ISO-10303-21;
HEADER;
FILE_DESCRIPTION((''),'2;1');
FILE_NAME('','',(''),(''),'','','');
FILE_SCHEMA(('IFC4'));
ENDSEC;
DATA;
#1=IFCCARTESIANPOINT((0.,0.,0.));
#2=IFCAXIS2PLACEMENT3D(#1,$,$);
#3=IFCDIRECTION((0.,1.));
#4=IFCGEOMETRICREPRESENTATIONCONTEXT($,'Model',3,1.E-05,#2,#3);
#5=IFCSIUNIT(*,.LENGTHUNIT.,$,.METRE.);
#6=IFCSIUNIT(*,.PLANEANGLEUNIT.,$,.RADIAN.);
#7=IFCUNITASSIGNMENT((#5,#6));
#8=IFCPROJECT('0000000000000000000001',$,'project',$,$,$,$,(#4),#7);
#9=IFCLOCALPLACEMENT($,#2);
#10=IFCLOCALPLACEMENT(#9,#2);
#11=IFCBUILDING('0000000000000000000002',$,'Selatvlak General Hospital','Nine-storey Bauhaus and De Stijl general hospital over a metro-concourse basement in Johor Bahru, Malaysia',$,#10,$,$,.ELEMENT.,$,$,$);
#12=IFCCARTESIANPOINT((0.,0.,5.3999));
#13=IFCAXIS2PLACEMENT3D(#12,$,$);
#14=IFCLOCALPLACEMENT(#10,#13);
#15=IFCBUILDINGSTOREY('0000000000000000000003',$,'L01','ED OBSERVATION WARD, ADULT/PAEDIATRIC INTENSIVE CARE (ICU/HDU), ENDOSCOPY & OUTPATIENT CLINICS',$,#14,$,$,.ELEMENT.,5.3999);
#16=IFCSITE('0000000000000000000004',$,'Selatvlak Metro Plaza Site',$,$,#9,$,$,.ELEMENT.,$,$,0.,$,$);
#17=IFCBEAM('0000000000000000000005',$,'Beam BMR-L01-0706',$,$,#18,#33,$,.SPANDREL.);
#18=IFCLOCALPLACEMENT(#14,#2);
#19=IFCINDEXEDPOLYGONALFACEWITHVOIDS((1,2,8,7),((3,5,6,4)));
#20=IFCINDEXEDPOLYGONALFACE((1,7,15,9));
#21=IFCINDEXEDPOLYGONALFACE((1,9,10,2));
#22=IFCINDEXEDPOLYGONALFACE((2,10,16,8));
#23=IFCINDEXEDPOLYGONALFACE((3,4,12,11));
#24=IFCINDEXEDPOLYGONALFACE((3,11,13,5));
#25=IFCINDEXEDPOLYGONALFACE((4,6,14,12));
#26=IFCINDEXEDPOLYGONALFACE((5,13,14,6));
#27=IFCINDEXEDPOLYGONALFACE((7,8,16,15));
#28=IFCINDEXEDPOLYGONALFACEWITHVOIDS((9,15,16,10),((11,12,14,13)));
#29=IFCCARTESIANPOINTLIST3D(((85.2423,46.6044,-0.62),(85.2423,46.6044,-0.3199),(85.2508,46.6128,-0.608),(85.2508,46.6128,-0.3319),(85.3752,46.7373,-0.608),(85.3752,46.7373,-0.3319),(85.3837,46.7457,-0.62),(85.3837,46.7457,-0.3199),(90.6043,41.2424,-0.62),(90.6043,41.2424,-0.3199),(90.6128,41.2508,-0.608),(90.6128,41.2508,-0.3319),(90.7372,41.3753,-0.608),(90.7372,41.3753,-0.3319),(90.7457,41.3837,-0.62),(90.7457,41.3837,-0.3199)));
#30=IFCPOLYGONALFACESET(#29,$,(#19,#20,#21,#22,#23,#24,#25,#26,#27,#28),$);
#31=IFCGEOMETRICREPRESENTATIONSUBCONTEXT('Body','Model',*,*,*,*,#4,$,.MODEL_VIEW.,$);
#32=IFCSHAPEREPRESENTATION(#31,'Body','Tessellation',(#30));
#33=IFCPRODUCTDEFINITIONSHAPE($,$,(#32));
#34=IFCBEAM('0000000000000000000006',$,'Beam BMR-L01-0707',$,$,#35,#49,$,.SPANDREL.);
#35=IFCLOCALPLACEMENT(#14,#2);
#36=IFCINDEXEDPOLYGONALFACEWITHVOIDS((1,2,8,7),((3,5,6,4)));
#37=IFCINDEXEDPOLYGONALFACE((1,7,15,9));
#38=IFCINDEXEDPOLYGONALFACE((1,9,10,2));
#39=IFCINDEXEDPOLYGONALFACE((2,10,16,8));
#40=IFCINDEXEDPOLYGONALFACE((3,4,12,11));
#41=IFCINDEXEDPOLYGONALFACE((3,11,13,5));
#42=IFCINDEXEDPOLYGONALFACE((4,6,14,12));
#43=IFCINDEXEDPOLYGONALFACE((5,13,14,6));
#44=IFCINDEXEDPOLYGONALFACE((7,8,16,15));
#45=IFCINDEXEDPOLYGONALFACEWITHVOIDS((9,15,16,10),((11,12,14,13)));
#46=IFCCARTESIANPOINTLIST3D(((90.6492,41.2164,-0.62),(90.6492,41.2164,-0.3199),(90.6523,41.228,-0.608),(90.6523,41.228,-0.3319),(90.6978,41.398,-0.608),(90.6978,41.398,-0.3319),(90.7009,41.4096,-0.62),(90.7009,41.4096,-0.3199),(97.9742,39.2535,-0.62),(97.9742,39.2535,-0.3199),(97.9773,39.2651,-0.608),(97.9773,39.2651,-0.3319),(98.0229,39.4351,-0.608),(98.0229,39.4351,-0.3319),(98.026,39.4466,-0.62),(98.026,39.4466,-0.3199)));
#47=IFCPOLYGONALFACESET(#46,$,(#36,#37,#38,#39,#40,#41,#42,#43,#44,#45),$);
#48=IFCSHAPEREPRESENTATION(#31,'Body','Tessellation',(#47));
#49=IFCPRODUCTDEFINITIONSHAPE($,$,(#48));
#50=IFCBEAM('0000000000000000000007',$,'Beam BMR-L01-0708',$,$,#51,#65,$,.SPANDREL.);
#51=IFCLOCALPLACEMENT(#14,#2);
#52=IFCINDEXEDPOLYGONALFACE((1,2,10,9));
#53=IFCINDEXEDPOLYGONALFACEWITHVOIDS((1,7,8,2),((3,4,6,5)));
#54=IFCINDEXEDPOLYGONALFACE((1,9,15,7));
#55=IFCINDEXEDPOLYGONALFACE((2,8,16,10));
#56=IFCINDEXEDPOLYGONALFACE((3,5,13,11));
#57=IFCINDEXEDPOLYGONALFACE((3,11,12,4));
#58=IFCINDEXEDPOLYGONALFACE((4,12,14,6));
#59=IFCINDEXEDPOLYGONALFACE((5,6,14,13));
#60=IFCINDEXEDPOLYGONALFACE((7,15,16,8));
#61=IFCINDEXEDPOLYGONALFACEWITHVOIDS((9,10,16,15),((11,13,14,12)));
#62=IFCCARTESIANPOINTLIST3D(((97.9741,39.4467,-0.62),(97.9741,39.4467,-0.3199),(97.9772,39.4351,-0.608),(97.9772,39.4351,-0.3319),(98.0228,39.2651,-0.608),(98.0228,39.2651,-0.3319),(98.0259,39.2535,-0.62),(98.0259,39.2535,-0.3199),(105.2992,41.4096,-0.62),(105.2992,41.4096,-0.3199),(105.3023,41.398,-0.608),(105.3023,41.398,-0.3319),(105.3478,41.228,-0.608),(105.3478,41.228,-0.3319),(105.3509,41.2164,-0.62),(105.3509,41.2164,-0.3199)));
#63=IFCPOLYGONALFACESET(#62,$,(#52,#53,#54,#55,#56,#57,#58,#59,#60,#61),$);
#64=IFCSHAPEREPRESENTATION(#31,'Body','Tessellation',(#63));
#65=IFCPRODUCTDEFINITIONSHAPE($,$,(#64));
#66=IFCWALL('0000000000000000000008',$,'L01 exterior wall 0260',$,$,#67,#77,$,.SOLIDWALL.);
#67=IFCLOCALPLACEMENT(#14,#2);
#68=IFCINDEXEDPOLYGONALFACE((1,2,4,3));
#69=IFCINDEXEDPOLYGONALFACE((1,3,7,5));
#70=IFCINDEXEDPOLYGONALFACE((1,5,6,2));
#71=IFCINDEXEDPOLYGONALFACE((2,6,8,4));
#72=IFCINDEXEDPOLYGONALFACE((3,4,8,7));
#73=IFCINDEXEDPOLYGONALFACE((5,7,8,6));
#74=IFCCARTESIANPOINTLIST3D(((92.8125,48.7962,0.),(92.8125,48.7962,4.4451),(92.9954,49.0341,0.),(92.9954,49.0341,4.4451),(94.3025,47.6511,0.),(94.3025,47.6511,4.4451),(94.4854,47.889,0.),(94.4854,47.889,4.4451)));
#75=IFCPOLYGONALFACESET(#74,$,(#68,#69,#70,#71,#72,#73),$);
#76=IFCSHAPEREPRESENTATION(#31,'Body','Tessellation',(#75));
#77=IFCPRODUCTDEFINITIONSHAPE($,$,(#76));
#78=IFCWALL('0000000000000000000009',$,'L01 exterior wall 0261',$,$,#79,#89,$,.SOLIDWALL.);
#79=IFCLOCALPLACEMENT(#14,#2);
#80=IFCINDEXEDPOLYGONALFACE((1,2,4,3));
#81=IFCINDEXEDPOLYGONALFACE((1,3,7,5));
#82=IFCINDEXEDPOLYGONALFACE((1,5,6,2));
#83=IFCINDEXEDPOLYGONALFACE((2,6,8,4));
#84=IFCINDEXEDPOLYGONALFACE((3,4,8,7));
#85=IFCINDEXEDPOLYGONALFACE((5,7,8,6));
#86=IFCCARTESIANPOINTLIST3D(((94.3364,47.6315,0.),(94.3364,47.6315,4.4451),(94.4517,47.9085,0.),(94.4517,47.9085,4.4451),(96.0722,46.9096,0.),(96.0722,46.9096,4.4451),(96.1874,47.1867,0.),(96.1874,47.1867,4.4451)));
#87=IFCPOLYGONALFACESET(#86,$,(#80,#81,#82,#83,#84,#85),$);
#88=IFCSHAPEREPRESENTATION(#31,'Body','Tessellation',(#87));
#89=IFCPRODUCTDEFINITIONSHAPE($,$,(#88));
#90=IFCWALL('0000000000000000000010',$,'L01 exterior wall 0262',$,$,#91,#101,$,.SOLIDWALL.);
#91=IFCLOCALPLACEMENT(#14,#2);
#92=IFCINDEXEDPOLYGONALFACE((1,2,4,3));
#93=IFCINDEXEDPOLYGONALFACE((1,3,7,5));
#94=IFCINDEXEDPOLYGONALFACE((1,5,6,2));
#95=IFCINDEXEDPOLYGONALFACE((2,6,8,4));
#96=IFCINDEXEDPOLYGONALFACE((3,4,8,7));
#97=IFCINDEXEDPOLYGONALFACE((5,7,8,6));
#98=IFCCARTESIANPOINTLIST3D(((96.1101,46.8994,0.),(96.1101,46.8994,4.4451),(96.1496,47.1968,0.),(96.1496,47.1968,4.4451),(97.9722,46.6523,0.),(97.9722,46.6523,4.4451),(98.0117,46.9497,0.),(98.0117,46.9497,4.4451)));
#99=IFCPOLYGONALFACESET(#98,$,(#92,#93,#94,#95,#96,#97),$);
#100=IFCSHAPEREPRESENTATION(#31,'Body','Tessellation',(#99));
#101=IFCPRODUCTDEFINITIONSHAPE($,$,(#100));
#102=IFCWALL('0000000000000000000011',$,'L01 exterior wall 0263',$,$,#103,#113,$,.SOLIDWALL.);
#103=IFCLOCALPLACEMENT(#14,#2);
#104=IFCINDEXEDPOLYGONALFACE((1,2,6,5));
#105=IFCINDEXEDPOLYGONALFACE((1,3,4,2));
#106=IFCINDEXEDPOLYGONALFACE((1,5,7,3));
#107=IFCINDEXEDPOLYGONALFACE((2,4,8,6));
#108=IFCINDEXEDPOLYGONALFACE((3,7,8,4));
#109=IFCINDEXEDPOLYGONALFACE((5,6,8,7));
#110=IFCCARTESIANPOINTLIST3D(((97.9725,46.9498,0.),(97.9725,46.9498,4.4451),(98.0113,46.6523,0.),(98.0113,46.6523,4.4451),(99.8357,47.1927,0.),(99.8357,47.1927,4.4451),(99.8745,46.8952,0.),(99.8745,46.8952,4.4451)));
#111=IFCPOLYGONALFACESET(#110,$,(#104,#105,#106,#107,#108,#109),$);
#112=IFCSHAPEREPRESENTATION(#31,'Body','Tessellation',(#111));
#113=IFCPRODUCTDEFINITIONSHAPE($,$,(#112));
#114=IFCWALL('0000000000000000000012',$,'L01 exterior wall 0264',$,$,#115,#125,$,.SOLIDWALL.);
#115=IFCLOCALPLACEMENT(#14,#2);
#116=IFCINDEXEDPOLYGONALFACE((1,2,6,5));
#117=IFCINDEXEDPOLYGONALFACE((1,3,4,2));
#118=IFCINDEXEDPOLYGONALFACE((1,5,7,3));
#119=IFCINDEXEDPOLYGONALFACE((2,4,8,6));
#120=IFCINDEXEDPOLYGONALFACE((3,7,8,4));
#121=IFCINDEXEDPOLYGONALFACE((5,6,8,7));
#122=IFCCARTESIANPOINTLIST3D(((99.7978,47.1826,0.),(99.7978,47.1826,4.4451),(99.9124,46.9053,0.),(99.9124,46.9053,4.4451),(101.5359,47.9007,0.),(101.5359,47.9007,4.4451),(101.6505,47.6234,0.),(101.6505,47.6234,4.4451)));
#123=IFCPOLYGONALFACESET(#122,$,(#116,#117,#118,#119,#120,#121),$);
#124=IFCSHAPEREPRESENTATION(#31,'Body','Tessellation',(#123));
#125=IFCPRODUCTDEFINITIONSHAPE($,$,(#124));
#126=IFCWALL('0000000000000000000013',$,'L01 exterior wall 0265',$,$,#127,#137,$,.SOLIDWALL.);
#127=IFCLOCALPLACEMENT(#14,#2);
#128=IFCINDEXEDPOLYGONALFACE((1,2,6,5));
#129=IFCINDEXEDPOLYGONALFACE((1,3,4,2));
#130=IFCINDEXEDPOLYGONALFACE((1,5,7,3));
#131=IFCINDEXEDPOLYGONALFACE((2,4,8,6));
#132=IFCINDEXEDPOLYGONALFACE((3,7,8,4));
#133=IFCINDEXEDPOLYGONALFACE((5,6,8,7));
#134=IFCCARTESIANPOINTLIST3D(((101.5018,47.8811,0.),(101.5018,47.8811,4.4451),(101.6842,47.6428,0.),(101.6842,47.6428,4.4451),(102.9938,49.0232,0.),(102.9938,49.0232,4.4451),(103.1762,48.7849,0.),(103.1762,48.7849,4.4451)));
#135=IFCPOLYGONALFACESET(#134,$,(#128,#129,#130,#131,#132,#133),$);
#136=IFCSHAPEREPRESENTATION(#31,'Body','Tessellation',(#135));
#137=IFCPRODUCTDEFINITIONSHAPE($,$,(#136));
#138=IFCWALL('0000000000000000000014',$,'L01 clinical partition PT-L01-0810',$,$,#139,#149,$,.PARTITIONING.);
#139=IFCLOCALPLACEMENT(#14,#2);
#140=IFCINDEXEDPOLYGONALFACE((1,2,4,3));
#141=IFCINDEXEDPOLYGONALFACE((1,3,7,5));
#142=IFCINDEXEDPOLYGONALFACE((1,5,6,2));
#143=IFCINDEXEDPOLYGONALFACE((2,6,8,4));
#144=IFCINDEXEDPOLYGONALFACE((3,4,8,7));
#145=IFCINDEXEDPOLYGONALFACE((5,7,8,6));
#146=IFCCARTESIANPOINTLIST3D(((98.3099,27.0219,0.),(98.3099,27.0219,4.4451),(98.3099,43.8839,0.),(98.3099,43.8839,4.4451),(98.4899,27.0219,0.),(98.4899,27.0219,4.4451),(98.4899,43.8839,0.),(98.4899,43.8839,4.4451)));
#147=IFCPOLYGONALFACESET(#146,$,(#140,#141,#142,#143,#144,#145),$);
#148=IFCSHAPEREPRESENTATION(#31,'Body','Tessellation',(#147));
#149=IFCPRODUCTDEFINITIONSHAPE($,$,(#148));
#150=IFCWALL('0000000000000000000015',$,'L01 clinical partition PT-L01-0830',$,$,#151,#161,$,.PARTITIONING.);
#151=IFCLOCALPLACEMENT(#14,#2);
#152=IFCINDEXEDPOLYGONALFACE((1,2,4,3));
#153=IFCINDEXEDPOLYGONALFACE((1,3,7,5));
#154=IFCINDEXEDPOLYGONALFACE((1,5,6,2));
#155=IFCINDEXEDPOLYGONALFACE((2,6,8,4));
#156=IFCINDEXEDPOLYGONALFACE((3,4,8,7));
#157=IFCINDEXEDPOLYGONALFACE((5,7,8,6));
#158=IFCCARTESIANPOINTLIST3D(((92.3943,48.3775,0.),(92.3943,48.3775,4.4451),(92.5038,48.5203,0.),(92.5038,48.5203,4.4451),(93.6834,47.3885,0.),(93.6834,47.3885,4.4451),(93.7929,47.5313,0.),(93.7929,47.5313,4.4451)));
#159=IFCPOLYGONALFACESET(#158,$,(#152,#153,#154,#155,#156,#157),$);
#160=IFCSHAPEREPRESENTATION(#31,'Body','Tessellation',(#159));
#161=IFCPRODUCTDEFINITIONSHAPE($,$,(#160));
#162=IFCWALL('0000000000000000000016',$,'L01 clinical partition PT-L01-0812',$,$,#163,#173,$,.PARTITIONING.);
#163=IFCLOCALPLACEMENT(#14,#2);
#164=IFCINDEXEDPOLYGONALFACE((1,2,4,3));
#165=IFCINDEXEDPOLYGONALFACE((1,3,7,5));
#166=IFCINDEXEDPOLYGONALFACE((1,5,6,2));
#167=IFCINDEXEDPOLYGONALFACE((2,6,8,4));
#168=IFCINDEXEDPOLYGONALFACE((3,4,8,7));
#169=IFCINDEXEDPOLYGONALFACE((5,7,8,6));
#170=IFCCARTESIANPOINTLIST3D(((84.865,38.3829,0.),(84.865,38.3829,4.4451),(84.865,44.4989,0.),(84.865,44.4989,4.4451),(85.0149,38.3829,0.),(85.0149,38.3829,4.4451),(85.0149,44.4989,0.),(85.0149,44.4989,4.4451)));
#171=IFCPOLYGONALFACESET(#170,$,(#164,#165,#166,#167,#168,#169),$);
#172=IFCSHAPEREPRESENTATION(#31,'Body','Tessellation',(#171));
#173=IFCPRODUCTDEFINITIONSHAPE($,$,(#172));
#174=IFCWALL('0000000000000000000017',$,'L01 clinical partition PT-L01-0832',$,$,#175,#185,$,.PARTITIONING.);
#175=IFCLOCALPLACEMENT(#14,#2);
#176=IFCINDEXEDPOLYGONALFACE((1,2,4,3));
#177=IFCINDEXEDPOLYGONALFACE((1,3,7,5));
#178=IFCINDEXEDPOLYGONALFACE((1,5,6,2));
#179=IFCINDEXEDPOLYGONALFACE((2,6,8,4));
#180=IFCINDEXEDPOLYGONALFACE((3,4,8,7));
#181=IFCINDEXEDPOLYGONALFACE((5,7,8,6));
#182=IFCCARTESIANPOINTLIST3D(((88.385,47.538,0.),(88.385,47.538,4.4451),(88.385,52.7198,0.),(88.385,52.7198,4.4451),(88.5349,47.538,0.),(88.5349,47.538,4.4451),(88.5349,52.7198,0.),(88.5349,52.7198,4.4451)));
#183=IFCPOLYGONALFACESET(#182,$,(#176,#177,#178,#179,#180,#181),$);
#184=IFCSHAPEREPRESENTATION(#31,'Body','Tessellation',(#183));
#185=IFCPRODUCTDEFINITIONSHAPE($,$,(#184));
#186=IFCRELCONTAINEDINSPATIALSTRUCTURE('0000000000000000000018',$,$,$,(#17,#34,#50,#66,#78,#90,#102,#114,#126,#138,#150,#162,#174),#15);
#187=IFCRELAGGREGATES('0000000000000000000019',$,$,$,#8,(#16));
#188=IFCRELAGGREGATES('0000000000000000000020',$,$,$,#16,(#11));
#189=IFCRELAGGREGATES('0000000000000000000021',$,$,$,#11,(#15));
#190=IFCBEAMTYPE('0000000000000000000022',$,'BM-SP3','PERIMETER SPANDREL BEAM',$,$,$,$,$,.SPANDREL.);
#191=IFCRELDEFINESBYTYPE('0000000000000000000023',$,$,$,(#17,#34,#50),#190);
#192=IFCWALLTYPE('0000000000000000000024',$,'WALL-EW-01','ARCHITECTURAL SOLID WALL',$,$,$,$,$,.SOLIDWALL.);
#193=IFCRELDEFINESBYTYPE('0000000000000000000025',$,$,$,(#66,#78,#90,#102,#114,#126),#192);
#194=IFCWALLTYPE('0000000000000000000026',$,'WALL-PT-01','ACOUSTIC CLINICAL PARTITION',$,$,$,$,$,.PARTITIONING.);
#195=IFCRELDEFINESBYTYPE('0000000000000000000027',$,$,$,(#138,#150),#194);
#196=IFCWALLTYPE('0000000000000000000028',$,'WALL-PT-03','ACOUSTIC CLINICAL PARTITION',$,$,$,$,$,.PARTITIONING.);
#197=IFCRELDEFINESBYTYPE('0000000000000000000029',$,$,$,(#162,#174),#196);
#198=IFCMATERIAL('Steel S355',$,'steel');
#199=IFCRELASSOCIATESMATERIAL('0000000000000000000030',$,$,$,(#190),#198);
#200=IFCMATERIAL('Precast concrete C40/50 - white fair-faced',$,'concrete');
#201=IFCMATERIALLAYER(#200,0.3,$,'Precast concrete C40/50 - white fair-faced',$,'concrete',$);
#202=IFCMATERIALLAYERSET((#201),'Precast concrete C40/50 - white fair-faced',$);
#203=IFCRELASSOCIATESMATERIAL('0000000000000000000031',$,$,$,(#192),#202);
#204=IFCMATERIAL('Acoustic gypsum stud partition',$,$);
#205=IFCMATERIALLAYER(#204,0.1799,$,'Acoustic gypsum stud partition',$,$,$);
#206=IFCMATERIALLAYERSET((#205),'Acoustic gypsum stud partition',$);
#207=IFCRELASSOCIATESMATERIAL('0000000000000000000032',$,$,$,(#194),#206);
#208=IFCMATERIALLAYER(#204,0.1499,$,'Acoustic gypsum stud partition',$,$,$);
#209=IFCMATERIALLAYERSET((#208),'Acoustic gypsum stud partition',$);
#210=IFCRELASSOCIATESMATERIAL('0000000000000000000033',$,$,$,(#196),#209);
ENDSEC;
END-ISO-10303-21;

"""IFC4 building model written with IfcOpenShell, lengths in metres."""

from ifc_helpers import new_model, si_unit, direction, frame, frame_2d, origin, origin_2d, place, context, subcontext, project, spatial, rectangle, hollow_rectangle, extrude, material, layer, layer_set, material_profile, profile_set, type_object, element, save


model = new_model("IFC4")

# Units and contexts
model_context = context("Model", 3, precision=1e-05, world=origin(), true_north=direction((0.0, 1.0)))
body_context = subcontext(model_context, "Body", "Model", "MODEL_VIEW")
ifc_project = project(units=[si_unit("LENGTHUNIT", "METRE"), si_unit("PLANEANGLEUNIT", "RADIAN")], contexts=[model_context])

# Site, building, storey
site_placement = place(None, origin())
site = spatial("IfcSite", under=ifc_project, at=site_placement, Name="Selatvlak Metro Plaza Site", CompositionType="ELEMENT", RefElevation=0.0)
building_placement = place(site_placement, origin())
building = spatial("IfcBuilding", under=site, at=building_placement, Name="Selatvlak General Hospital", Description="Nine-storey Bauhaus and De Stijl general hospital over a metro-concourse basement in Johor Bahru, Malaysia", CompositionType="ELEMENT")
storey_placement = place(building_placement, frame((0.0, 0.0, 5.3999)))
storey = spatial("IfcBuildingStorey", under=building, at=storey_placement, Name="L01", Description="ED OBSERVATION WARD, ADULT/PAEDIATRIC INTENSIVE CARE (ICU/HDU), ENDOSCOPY & OUTPATIENT CLINICS", CompositionType="ELEMENT", Elevation=5.3999)

# Beams
ifc_material_1 = material(Name="Steel S355", Category="steel")
ifc_material_profile_1 = material_profile(ifc_material_1, hollow_rectangle(XDim=0.2, YDim=0.3, WallThickness=0.012, at=origin_2d()), Name="RHS 300x200x12")
ifc_profile_set_1 = profile_set([ifc_material_profile_1], Name="Steel S355")
beam_type = type_object("IfcBeamType", Name="BM-SP3", Description="PERIMETER SPANDREL BEAM", PredefinedType="SPANDREL", material=ifc_profile_set_1)
beam_placement = place(storey_placement, frame((85.313, 46.675, -0.47), z_axis=(0.707107, -0.707107, 0.0), x_axis=(0.707107, 0.707107, 0.0)))
element("IfcBeam", 1, at=beam_placement, inside=storey, type_object=beam_type, Name="Beam BMR-L01-0706", PredefinedType="SPANDREL", context=body_context, shape_type="SweptSolid", body=[
    extrude(hollow_rectangle(XDim=0.2, YDim=0.3, WallThickness=0.012, at=origin_2d()), origin(), (0.0, 0.0, 1.0), 7.583),
])
for number, where, z_axis, x_axis, name in (
    (2, (90.675, 41.313, -0.47), (0.96592, -0.258841, 0.0), (0.258841, 0.96592, 0.0), "Beam BMR-L01-0707"),
    (3, (98.0, 39.3501, -0.47), (0.96592, 0.258841, 0.0), (-0.258841, 0.96592, 0.0), "Beam BMR-L01-0708"),
):
    element("IfcBeam", number, at=place(storey_placement, frame(where, z_axis=z_axis, x_axis=x_axis)), inside=storey, type_object=beam_type, Name=name, PredefinedType="SPANDREL", context=body_context, shape_type="SweptSolid", body=[
        extrude(hollow_rectangle(XDim=0.2, YDim=0.3, WallThickness=0.012, at=origin_2d()), origin(), (0.0, 0.0, 1.0), 7.5835),
    ])

# Walls
ifc_material_2 = material(Name="Precast concrete C40/50 - white fair-faced", Category="concrete")
ifc_layer_1 = layer(ifc_material_2, 0.3, Name="Precast concrete C40/50 - white fair-faced", Category="concrete")
ifc_layer_set_1 = layer_set([ifc_layer_1], Name="Precast concrete C40/50 - white fair-faced")
wall_type_1 = type_object("IfcWallType", Name="WALL-EW-01", Description="ARCHITECTURAL SOLID WALL", PredefinedType="SOLIDWALL", material=ifc_layer_set_1)
wall_1_placement = place(storey_placement, frame((92.9041, 48.915, 0.0), z_axis=(0.0, 0.0, 1.0), x_axis=(0.792914, -0.609334, 0.0)))
element("IfcWall", 4, at=wall_1_placement, inside=storey, type_object=wall_type_1, Name="L01 exterior wall 0260", PredefinedType="SOLIDWALL", context=body_context, shape_type="SweptSolid", body=[
    extrude(rectangle(XDim=1.8792, YDim=0.3, at=frame_2d((0.9395, 0.0))), origin(), (0.0, 0.0, 1.0), 4.4451),
])
wall_2_placement = place(storey_placement, frame((94.394, 47.77, 0.0), z_axis=(0.0, 0.0, 1.0), x_axis=(0.92333, -0.384007, 0.0)))
element("IfcWall", 5, at=wall_2_placement, inside=storey, type_object=wall_type_1, Name="L01 exterior wall 0261", PredefinedType="SOLIDWALL", context=body_context, shape_type="SweptSolid", body=[
    extrude(rectangle(XDim=1.8799, YDim=0.3, at=frame_2d((0.9399, 0.0))), origin(), (0.0, 0.0, 1.0), 4.4451),
])
wall_3_placement = place(storey_placement, frame((96.1299, 47.0481, 0.0), z_axis=(0.0, 0.0, 1.0), x_axis=(0.991312, -0.131534, 0.0)))
element("IfcWall", 6, at=wall_3_placement, inside=storey, type_object=wall_type_1, Name="L01 exterior wall 0262", PredefinedType="SOLIDWALL", context=body_context, shape_type="SweptSolid", body=[
    extrude(rectangle(XDim=1.8784, YDim=0.3, at=frame_2d((0.9392, 0.0))), origin(), (0.0, 0.0, 1.0), 4.4451),
])
wall_4_placement = place(storey_placement, frame((97.9919, 46.801, 0.0), z_axis=(0.0, 0.0, 1.0), x_axis=(0.991606, 0.129295, 0.0)))
element("IfcWall", 7, at=wall_4_placement, inside=storey, type_object=wall_type_1, Name="L01 exterior wall 0263", PredefinedType="SOLIDWALL", context=body_context, shape_type="SweptSolid", body=[
    extrude(rectangle(XDim=1.8789, YDim=0.3, at=frame_2d((0.9395, 0.0))), origin(), (0.0, 0.0, 1.0), 4.4451),
])
wall_5_placement = place(storey_placement, frame((99.855, 47.0439, 0.0), z_axis=(0.0, 0.0, 1.0), x_axis=(0.924237, 0.38182, 0.0)))
element("IfcWall", 8, at=wall_5_placement, inside=storey, type_object=wall_type_1, Name="L01 exterior wall 0264", PredefinedType="SOLIDWALL", context=body_context, shape_type="SweptSolid", body=[
    extrude(rectangle(XDim=1.8806, YDim=0.3, at=frame_2d((0.9404, 0.0))), origin(), (0.0, 0.0, 1.0), 4.4451),
])
wall_6_placement = place(storey_placement, frame((101.593, 47.762, 0.0), z_axis=(0.0, 0.0, 1.0), x_axis=(0.794052, 0.60785, 0.0)))
element("IfcWall", 9, at=wall_6_placement, inside=storey, type_object=wall_type_1, Name="L01 exterior wall 0265", PredefinedType="SOLIDWALL", context=body_context, shape_type="SweptSolid", body=[
    extrude(rectangle(XDim=1.8789, YDim=0.3, at=frame_2d((0.9395, 0.0))), origin(), (0.0, 0.0, 1.0), 4.4451),
])
ifc_material_3 = material(Name="Acoustic gypsum stud partition")
ifc_layer_2 = layer(ifc_material_3, 0.1799, Name="Acoustic gypsum stud partition")
ifc_layer_set_2 = layer_set([ifc_layer_2], Name="Acoustic gypsum stud partition")
wall_type_2 = type_object("IfcWallType", Name="WALL-PT-01", Description="ACOUSTIC CLINICAL PARTITION", PredefinedType="PARTITIONING", material=ifc_layer_set_2)
wall_7_placement = place(storey_placement, frame((98.3999, 43.884, 0.0), z_axis=(0.0, 0.0, 1.0), x_axis=(0.0, -1.0, 0.0)))
element("IfcWall", 10, at=wall_7_placement, inside=storey, type_object=wall_type_2, Name="L01 clinical partition PT-L01-0810", PredefinedType="PARTITIONING", context=body_context, shape_type="SweptSolid", body=[
    extrude(rectangle(XDim=16.8621, YDim=0.1799, at=frame_2d((8.4312, 0.0))), origin(), (0.0, 0.0, 1.0), 4.4451),
])
wall_8_placement = place(storey_placement, frame((92.449, 48.449, 0.0), z_axis=(0.0, 0.0, 1.0), x_axis=(0.793389, -0.608715, 0.0)))
element("IfcWall", 11, at=wall_8_placement, inside=storey, type_object=wall_type_2, Name="L01 clinical partition PT-L01-0830", PredefinedType="PARTITIONING", context=body_context, shape_type="SweptSolid", body=[
    extrude(rectangle(XDim=1.6248, YDim=0.1799, at=frame_2d((0.8125, 0.0))), origin(), (0.0, 0.0, 1.0), 4.4451),
])

# Walls
ifc_layer_3 = layer(ifc_material_3, 0.1499, Name="Acoustic gypsum stud partition")
ifc_layer_set_3 = layer_set([ifc_layer_3], Name="Acoustic gypsum stud partition")
wall_type_3 = type_object("IfcWallType", Name="WALL-PT-03", Description="ACOUSTIC CLINICAL PARTITION", PredefinedType="PARTITIONING", material=ifc_layer_set_3)
wall_9_placement = place(storey_placement, frame((84.9399, 44.499, 0.0), z_axis=(0.0, 0.0, 1.0), x_axis=(0.0, -1.0, 0.0)))
element("IfcWall", 12, at=wall_9_placement, inside=storey, type_object=wall_type_3, Name="L01 clinical partition PT-L01-0812", PredefinedType="PARTITIONING", context=body_context, shape_type="SweptSolid", body=[
    extrude(rectangle(XDim=6.116, YDim=0.1499, at=frame_2d((3.0581, 0.0))), origin(), (0.0, 0.0, 1.0), 4.4451),
])
wall_10_placement = place(storey_placement, frame((88.46, 47.5381, 0.0), z_axis=(0.0, 0.0, 1.0), x_axis=(0.0, 1.0, 0.0)))
element("IfcWall", 13, at=wall_10_placement, inside=storey, type_object=wall_type_3, Name="L01 clinical partition PT-L01-0832", PredefinedType="PARTITIONING", context=body_context, shape_type="SweptSolid", body=[
    extrude(rectangle(XDim=5.1819, YDim=0.1499, at=frame_2d((2.5908, 0.0))), origin(), (0.0, 0.0, 1.0), 4.4451),
])

save(model, "model.ifc")
